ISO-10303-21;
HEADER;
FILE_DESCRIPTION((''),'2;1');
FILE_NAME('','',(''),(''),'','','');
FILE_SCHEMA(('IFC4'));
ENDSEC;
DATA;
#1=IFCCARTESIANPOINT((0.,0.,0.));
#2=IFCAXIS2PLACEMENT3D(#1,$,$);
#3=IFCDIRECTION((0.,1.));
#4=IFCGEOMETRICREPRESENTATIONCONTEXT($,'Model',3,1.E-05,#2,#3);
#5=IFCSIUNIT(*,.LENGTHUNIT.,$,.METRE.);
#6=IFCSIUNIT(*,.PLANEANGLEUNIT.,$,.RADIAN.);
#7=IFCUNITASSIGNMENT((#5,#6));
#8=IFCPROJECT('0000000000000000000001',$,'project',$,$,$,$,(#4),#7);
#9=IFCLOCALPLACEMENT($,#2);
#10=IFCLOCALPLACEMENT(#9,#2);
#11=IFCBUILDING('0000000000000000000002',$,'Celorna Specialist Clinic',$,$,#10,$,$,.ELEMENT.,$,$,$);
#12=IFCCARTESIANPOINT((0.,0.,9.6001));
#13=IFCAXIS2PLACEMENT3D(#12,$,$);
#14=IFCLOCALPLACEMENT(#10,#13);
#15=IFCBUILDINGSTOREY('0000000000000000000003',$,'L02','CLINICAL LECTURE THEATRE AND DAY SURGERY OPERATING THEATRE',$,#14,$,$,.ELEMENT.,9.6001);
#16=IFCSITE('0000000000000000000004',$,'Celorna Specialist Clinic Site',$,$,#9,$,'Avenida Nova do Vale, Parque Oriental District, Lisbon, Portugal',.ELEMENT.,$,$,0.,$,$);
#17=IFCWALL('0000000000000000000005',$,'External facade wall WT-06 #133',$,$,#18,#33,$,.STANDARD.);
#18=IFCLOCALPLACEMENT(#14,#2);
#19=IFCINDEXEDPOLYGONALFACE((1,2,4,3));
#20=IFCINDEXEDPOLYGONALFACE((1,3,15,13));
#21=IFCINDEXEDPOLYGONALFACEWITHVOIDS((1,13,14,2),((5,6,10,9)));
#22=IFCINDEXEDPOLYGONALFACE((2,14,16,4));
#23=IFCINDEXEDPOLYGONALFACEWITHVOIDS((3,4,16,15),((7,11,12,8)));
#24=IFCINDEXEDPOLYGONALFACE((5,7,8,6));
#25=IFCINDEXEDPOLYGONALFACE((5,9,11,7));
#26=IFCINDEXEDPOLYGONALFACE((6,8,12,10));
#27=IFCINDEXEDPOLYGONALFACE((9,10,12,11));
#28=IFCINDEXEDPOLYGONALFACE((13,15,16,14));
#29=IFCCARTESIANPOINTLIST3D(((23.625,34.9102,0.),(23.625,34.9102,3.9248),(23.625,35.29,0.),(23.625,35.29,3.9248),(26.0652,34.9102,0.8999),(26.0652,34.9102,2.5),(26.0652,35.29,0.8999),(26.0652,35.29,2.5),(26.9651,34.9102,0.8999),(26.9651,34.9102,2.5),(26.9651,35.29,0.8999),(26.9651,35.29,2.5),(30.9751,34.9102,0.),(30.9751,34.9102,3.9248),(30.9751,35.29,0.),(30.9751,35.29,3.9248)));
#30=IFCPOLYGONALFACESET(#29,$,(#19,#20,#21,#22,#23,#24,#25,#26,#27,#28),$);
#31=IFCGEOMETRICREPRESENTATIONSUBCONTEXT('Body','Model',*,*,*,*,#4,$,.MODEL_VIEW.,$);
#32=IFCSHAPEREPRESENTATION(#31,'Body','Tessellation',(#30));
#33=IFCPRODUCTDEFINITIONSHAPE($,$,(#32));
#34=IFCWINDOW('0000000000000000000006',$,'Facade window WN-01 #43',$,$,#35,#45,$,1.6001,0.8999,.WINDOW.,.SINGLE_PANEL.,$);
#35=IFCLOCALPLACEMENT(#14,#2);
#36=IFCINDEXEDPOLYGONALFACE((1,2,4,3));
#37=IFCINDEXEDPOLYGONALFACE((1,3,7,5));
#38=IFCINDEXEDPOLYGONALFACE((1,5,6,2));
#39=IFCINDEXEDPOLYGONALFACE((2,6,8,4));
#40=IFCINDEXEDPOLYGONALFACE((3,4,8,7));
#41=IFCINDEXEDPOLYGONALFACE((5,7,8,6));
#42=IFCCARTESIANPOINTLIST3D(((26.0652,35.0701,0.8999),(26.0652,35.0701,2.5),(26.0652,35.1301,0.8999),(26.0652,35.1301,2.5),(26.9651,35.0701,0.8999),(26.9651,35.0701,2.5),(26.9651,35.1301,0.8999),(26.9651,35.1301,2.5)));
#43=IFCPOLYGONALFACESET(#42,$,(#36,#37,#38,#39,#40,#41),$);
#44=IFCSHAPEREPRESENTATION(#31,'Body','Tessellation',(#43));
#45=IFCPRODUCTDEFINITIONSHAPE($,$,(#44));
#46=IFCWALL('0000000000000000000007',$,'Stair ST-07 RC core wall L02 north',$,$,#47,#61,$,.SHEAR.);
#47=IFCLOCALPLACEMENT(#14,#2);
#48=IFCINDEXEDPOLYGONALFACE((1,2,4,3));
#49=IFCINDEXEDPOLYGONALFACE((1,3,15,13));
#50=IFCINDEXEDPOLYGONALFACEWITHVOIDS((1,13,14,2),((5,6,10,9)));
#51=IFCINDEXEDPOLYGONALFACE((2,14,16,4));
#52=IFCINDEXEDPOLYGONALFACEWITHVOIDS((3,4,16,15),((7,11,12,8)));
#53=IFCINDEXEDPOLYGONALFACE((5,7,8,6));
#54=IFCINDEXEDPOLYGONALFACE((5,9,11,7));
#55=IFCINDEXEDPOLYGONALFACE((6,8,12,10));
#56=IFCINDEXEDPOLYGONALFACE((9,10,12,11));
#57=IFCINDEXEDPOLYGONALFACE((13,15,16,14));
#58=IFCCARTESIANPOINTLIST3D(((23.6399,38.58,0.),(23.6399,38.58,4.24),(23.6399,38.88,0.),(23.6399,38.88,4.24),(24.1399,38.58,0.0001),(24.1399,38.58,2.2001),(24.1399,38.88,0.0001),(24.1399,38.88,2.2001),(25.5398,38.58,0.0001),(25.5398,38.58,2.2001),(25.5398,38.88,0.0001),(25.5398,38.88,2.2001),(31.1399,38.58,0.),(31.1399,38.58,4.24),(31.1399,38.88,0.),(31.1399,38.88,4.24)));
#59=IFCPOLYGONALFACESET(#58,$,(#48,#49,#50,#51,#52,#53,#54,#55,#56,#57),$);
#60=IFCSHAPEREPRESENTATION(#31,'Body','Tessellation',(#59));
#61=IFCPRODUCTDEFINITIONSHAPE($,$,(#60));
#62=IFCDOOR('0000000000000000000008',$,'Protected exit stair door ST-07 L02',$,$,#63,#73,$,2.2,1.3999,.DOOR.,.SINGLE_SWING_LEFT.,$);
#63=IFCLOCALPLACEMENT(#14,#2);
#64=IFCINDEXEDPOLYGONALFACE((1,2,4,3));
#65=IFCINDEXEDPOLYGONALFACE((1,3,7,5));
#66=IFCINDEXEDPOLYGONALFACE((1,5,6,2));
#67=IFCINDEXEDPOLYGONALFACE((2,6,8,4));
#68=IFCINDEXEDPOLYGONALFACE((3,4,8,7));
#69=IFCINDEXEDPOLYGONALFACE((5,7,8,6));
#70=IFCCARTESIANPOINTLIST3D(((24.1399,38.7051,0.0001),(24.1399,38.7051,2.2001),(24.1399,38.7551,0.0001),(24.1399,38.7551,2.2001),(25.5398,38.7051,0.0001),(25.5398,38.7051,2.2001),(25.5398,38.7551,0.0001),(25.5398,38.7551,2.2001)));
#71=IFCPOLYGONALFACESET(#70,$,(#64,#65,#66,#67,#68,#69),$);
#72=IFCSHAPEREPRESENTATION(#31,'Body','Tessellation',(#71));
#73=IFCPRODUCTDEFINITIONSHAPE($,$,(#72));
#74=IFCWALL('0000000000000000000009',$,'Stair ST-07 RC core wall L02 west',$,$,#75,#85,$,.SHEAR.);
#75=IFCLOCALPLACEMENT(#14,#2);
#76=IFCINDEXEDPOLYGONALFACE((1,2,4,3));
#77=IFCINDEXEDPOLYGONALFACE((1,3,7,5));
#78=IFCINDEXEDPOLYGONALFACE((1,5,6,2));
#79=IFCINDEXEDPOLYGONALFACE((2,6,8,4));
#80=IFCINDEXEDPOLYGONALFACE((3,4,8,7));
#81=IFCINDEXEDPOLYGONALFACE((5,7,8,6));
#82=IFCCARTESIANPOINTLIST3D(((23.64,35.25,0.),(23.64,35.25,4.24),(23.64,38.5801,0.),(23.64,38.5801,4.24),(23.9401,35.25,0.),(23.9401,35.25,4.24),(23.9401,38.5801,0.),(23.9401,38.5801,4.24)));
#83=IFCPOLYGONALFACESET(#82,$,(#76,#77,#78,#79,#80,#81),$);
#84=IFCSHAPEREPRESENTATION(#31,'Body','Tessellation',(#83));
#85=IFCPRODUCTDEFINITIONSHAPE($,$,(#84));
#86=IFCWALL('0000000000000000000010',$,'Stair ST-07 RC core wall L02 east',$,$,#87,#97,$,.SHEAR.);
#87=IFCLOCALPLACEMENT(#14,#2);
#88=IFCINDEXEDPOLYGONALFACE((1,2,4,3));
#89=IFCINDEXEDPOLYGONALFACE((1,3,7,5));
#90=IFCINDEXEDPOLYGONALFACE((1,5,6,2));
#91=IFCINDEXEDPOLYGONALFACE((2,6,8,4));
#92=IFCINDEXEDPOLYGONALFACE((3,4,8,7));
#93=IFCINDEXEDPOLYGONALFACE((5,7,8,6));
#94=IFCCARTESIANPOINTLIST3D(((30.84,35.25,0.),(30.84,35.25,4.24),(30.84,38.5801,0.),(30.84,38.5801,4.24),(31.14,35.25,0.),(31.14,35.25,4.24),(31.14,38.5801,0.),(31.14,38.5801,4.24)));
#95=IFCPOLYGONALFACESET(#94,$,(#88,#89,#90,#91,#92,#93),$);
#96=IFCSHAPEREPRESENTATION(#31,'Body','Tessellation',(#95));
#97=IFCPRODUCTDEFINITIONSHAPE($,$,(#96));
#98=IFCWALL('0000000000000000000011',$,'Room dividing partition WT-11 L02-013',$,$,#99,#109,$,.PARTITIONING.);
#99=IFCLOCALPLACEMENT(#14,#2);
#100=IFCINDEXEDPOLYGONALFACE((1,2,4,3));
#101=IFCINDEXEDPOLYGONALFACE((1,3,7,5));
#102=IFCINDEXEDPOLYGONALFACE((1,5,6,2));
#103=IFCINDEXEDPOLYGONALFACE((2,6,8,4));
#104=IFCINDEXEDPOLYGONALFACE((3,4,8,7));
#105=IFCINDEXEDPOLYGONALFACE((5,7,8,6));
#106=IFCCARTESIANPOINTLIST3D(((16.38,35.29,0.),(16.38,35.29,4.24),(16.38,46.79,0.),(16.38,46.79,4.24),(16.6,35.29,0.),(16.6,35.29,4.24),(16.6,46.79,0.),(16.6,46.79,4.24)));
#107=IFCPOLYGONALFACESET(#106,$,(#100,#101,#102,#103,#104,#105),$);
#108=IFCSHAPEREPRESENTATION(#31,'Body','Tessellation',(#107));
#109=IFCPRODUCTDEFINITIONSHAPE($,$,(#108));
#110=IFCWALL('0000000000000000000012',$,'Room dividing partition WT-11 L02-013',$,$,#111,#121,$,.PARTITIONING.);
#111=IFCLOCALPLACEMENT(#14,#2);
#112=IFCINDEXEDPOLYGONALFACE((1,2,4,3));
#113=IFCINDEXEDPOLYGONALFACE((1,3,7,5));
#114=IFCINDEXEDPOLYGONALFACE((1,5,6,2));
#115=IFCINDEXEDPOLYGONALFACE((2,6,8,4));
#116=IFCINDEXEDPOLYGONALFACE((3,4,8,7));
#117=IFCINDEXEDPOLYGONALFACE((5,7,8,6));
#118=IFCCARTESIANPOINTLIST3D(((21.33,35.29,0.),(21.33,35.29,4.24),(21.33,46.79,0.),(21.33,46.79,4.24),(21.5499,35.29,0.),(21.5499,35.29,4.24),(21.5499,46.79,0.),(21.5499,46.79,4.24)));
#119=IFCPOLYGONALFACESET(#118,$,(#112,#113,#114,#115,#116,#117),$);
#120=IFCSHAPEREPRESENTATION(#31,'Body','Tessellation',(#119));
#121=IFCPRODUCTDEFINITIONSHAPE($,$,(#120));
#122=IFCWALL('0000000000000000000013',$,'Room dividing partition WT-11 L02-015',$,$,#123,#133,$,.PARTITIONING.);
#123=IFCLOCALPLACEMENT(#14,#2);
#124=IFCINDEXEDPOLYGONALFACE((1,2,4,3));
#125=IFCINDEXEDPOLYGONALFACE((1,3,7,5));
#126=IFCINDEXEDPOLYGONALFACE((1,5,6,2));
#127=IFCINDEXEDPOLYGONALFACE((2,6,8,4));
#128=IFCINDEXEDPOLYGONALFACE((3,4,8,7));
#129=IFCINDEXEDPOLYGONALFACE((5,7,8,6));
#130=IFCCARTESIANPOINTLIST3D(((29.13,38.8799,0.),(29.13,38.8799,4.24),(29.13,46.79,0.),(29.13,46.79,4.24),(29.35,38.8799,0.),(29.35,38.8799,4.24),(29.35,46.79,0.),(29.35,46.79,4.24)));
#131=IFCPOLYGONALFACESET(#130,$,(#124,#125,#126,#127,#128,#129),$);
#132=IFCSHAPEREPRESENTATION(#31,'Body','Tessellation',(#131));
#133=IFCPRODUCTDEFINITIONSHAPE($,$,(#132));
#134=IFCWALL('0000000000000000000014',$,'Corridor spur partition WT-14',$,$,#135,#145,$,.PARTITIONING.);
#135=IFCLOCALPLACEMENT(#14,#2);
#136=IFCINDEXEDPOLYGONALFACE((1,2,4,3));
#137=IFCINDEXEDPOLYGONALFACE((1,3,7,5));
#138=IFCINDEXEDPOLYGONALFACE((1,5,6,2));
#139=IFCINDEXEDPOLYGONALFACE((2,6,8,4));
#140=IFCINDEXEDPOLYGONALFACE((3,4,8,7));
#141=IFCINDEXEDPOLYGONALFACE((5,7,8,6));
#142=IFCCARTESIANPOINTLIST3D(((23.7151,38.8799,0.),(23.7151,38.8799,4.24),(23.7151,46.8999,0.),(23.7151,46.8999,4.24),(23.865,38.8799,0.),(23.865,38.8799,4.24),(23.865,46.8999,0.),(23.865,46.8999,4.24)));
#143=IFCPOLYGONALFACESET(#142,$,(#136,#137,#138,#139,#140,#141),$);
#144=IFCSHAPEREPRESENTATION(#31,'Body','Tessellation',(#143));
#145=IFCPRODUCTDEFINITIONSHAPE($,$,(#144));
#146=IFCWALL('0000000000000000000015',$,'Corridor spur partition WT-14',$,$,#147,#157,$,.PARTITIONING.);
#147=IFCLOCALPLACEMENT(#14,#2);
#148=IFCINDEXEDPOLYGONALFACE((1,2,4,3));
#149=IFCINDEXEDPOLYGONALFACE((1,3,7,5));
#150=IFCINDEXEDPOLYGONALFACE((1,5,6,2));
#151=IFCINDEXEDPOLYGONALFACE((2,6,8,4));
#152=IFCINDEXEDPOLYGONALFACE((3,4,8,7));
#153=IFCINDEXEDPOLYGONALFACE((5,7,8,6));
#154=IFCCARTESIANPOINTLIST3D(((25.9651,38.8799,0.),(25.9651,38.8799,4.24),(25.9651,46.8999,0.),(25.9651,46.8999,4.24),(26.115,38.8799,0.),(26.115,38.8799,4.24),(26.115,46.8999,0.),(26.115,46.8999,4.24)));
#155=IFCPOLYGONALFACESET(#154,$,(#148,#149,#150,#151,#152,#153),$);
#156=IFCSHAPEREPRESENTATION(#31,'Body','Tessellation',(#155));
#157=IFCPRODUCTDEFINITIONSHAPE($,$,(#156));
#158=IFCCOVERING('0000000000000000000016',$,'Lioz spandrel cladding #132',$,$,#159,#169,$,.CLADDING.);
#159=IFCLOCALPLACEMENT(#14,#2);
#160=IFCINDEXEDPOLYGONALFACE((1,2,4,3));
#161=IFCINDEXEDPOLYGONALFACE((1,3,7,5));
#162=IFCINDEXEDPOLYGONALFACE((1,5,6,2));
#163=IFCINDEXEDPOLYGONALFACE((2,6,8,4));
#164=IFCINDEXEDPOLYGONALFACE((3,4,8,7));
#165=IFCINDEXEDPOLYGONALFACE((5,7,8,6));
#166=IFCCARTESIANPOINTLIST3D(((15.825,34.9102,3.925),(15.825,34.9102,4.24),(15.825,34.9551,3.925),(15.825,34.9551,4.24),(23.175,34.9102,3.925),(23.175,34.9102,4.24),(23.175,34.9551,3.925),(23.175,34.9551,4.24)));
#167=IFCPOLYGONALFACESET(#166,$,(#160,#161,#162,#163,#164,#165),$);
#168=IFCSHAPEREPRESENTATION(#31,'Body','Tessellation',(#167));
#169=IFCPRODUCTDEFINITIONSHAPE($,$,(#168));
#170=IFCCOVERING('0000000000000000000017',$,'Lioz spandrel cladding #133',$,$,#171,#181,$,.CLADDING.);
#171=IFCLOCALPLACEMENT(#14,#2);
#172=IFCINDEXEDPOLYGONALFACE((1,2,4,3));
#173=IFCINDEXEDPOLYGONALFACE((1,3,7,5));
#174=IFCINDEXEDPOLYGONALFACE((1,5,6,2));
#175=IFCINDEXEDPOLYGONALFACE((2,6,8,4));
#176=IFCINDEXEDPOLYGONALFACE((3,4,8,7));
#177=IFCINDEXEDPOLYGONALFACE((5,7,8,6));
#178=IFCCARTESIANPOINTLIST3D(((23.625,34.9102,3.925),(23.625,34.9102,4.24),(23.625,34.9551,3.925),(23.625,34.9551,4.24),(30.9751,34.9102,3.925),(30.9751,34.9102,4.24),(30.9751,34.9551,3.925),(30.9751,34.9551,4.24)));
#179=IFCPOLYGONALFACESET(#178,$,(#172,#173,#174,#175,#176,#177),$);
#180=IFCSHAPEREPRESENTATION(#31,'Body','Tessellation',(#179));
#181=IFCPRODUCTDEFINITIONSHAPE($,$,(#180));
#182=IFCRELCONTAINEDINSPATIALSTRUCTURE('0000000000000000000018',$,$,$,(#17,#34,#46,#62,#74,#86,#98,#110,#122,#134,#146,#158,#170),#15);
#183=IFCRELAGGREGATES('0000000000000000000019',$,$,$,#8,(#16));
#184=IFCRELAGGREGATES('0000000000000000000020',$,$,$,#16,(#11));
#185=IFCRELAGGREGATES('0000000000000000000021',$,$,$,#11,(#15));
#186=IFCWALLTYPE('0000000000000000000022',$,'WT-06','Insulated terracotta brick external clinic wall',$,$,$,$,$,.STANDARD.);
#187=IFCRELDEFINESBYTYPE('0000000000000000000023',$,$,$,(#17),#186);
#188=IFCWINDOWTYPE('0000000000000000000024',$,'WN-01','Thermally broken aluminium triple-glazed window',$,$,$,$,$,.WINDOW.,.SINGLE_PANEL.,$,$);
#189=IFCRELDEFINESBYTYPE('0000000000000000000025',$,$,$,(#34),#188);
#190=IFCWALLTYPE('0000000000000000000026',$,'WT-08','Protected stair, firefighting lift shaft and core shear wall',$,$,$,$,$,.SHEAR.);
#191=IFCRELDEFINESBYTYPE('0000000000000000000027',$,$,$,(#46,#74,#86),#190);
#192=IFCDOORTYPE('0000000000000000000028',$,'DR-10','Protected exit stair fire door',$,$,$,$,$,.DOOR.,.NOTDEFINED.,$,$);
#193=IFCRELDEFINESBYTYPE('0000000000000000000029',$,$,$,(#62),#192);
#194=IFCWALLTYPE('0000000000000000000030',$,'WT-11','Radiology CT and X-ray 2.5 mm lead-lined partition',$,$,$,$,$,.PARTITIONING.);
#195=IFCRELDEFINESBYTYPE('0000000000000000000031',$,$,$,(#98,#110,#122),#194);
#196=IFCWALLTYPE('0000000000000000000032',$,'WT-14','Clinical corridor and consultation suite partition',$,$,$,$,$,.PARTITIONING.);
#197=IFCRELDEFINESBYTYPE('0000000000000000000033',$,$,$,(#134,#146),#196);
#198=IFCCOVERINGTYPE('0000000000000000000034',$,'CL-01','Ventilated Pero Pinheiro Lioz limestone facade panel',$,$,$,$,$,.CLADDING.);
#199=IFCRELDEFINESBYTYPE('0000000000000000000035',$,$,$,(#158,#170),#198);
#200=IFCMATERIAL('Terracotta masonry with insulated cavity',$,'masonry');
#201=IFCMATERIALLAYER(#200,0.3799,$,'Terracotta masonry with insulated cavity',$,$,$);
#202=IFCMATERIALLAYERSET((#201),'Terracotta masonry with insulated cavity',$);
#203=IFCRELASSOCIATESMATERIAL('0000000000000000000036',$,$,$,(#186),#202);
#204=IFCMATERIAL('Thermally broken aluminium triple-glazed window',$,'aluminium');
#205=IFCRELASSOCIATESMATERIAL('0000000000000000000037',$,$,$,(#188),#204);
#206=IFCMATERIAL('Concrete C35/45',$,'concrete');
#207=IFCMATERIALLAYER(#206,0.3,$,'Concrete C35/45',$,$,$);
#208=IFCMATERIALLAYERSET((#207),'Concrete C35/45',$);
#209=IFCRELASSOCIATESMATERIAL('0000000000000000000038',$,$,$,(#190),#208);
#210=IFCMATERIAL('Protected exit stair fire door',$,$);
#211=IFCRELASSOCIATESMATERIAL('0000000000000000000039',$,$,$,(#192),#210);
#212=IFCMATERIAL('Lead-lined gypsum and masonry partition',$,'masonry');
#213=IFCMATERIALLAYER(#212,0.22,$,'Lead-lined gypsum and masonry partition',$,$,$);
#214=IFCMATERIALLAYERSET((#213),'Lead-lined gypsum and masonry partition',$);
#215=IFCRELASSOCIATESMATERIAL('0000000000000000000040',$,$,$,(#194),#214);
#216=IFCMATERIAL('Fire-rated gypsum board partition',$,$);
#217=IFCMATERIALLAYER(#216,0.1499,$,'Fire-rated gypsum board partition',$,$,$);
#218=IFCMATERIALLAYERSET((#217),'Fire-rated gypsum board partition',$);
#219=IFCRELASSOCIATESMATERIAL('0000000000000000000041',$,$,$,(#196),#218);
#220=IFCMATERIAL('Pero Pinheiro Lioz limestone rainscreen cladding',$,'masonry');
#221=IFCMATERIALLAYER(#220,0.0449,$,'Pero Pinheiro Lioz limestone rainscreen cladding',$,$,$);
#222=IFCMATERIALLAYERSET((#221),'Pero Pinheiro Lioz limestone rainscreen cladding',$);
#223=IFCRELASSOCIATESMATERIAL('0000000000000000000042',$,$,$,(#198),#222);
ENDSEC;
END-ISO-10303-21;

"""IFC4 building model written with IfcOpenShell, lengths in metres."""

from ifc_helpers import new_model, si_unit, direction, frame, frame_2d, origin, origin_2d, place, context, subcontext, project, spatial, rectangle, extrude, material, layer, layer_set, type_object, element, fill, save


model = new_model("IFC4")

# Units and contexts
model_context = context("Model", 3, precision=1e-05, world=origin(), true_north=direction((0.0, 1.0)))
body_context = subcontext(model_context, "Body", "Model", "MODEL_VIEW")
ifc_project = project(units=[si_unit("LENGTHUNIT", "METRE"), si_unit("PLANEANGLEUNIT", "RADIAN")], contexts=[model_context])

# Site, building, storey
site_placement = place(None, origin())
site = spatial("IfcSite", under=ifc_project, at=site_placement, Name="Celorna Specialist Clinic Site", LongName="Avenida Nova do Vale, Parque Oriental District, Lisbon, Portugal", CompositionType="ELEMENT", RefElevation=0.0)
building_placement = place(site_placement, origin())
building = spatial("IfcBuilding", under=site, at=building_placement, Name="Celorna Specialist Clinic", CompositionType="ELEMENT")
storey_placement = place(building_placement, frame((0.0, 0.0, 9.6001)))
storey = spatial("IfcBuildingStorey", under=building, at=storey_placement, Name="L02", Description="CLINICAL LECTURE THEATRE AND DAY SURGERY OPERATING THEATRE", CompositionType="ELEMENT", Elevation=9.6001)

# Shared definitions
ifc_material_1 = material(Name="Concrete C35/45", Category="concrete")

# Wall, opening, window
ifc_material_2 = material(Name="Terracotta masonry with insulated cavity", Category="masonry")
ifc_layer_1 = layer(ifc_material_2, 0.3799, Name="Terracotta masonry with insulated cavity")
ifc_layer_set_1 = layer_set([ifc_layer_1], Name="Terracotta masonry with insulated cavity")
wall_type_1 = type_object("IfcWallType", Name="WT-06", Description="Insulated terracotta brick external clinic wall", PredefinedType="STANDARD", material=ifc_layer_set_1)
ifc_material_3 = material(Name="Thermally broken aluminium triple-glazed window", Category="aluminium")
wall_1_placement = place(storey_placement, frame((30.9751, 35.1001, 0.0), z_axis=(0.0, 0.0, 1.0), x_axis=(-1.0, 0.0, 0.0)))
wall_1 = element("IfcWall", 1, at=wall_1_placement, inside=storey, type_object=wall_type_1, Name="External facade wall WT-06 #133", PredefinedType="STANDARD", context=body_context, shape_type="SweptSolid", body=[
    extrude(rectangle(XDim=7.3501, YDim=0.3799, at=frame_2d((3.675, 0.0))), origin(), (0.0, 0.0, 1.0), 3.9248),
])
opening_1_placement = place(wall_1_placement, frame((4.01, 0.0, 0.8999)))
opening_1 = element("IfcOpeningElement", 2, at=opening_1_placement, cuts=wall_1, PredefinedType="OPENING", context=body_context, shape_type="SweptSolid", body=[
    extrude(rectangle(XDim=0.8999, YDim=1.6001, at=frame_2d((0.45, 0.8))), frame((0.0, 0.2, 0.0), z_axis=(0.0, -1.0, 0.0), x_axis=(1.0, 0.0, 0.0)), (0.0, 0.0, 1.0), 0.3999),
])
window_type_1 = type_object("IfcWindowType", Name="WN-01", Description="Thermally broken aluminium triple-glazed window", PartitioningType="SINGLE_PANEL", PredefinedType="WINDOW", material=ifc_material_3)
window_1_placement = place(opening_1_placement, origin())
window_1 = element("IfcWindow", 3, at=window_1_placement, inside=storey, type_object=window_type_1, Name="Facade window WN-01 #43", OverallHeight=1.6001, OverallWidth=0.8999, PartitioningType="SINGLE_PANEL", PredefinedType="WINDOW", context=body_context, shape_type="SweptSolid", body=[
    extrude(rectangle(XDim=0.8999, YDim=1.6001, at=frame_2d((0.45, 0.8))), frame((0.0, 0.03, 0.0), z_axis=(0.0, -1.0, 0.0), x_axis=(1.0, 0.0, 0.0)), (0.0, 0.0, 1.0), 0.0601),
])
fill(opening_1, window_1)

# Wall, opening, door
ifc_layer_2 = layer(ifc_material_1, 0.3, Name="Concrete C35/45")
ifc_layer_set_2 = layer_set([ifc_layer_2], Name="Concrete C35/45")
wall_type_2 = type_object("IfcWallType", Name="WT-08", Description="Protected stair, firefighting lift shaft and core shear wall", PredefinedType="SHEAR", material=ifc_layer_set_2)
wall_2_placement = place(storey_placement, frame((31.1399, 38.73, 0.0), z_axis=(0.0, 0.0, 1.0), x_axis=(-1.0, 0.0, 0.0)))
wall_2 = element("IfcWall", 4, at=wall_2_placement, inside=storey, type_object=wall_type_2, Name="Stair ST-07 RC core wall L02 north", PredefinedType="SHEAR", context=body_context, shape_type="SweptSolid", body=[
    extrude(rectangle(XDim=7.5, YDim=0.3, at=frame_2d((3.75, 0.0))), origin(), (0.0, 0.0, 1.0), 4.24),
])
opening_2_placement = place(wall_2_placement, frame((5.6001, 0.0, 0.0)))
opening_2 = element("IfcOpeningElement", 5, at=opening_2_placement, cuts=wall_2, PredefinedType="OPENING", context=body_context, shape_type="SweptSolid", body=[
    extrude(rectangle(XDim=1.3999, YDim=2.2, at=frame_2d((0.7, 1.1001))), frame((0.0, 0.1599, 0.0), z_axis=(0.0, -1.0, 0.0), x_axis=(1.0, 0.0, 0.0)), (0.0, 0.0, 1.0), 0.3201),
])
ifc_material_4 = material(Name="Protected exit stair fire door")
door_type = type_object("IfcDoorType", Name="DR-10", Description="Protected exit stair fire door", OperationType="NOTDEFINED", PredefinedType="DOOR", material=ifc_material_4)
door_placement = place(opening_2_placement, origin())
door = element("IfcDoor", 6, at=door_placement, inside=storey, type_object=door_type, Name="Protected exit stair door ST-07 L02", OperationType="SINGLE_SWING_LEFT", OverallHeight=2.2, OverallWidth=1.3999, PredefinedType="DOOR", context=body_context, shape_type="SweptSolid", body=[
    extrude(rectangle(XDim=1.3999, YDim=2.2, at=frame_2d((0.7, 1.1001))), frame((0.0, 0.0249, 0.0), z_axis=(0.0, -1.0, 0.0), x_axis=(1.0, 0.0, 0.0)), (0.0, 0.0, 1.0), 0.05),
])
fill(opening_2, door)

# Walls
for number, where, z_axis, x_axis, name in (
    (7, (23.79, 38.5801, 0.0), (0.0, 0.0, 1.0), (0.0, -1.0, 0.0), "Stair ST-07 RC core wall L02 west"),
    (8, (30.99, 35.25, 0.0), (0.0, 0.0, 1.0), (0.0, 1.0, 0.0), "Stair ST-07 RC core wall L02 east"),
):
    element("IfcWall", number, at=place(storey_placement, frame(where, z_axis=z_axis, x_axis=x_axis)), inside=storey, type_object=wall_type_2, Name=name, PredefinedType="SHEAR", context=body_context, shape_type="SweptSolid", body=[
        extrude(rectangle(XDim=3.3301, YDim=0.3, at=frame_2d((1.665, 0.0))), origin(), (0.0, 0.0, 1.0), 4.24),
    ])
ifc_material_5 = material(Name="Lead-lined gypsum and masonry partition", Category="masonry")
ifc_layer_3 = layer(ifc_material_5, 0.22, Name="Lead-lined gypsum and masonry partition")
ifc_layer_set_3 = layer_set([ifc_layer_3], Name="Lead-lined gypsum and masonry partition")
wall_type_3 = type_object("IfcWallType", Name="WT-11", Description="Radiology CT and X-ray 2.5 mm lead-lined partition", PredefinedType="PARTITIONING", material=ifc_layer_set_3)
for number, where, z_axis, x_axis, name in (
    (9, (16.49, 35.29, 0.0), (0.0, 0.0, 1.0), (0.0, 1.0, 0.0), "Room dividing partition WT-11 L02-013"),
    (10, (21.4399, 35.29, 0.0), (0.0, 0.0, 1.0), (0.0, 1.0, 0.0), "Room dividing partition WT-11 L02-013"),
):
    element("IfcWall", number, at=place(storey_placement, frame(where, z_axis=z_axis, x_axis=x_axis)), inside=storey, type_object=wall_type_3, Name=name, PredefinedType="PARTITIONING", context=body_context, shape_type="SweptSolid", body=[
        extrude(rectangle(XDim=11.5, YDim=0.22, at=frame_2d((5.75, 0.0))), origin(), (0.0, 0.0, 1.0), 4.24),
    ])
wall_3_placement = place(storey_placement, frame((29.24, 38.8799, 0.0), z_axis=(0.0, 0.0, 1.0), x_axis=(0.0, 1.0, 0.0)))
element("IfcWall", 11, at=wall_3_placement, inside=storey, type_object=wall_type_3, Name="Room dividing partition WT-11 L02-015", PredefinedType="PARTITIONING", context=body_context, shape_type="SweptSolid", body=[
    extrude(rectangle(XDim=7.9102, YDim=0.22, at=frame_2d((3.9551, 0.0))), origin(), (0.0, 0.0, 1.0), 4.24),
])
ifc_material_6 = material(Name="Fire-rated gypsum board partition")
ifc_layer_4 = layer(ifc_material_6, 0.1499, Name="Fire-rated gypsum board partition")
ifc_layer_set_4 = layer_set([ifc_layer_4], Name="Fire-rated gypsum board partition")
wall_type_4 = type_object("IfcWallType", Name="WT-14", Description="Clinical corridor and consultation suite partition", PredefinedType="PARTITIONING", material=ifc_layer_set_4)
for number, where, z_axis, x_axis, name in (
    (12, (23.79, 38.8799, 0.0), (0.0, 0.0, 1.0), (0.0, 1.0, 0.0), "Corridor spur partition WT-14"),
    (13, (26.04, 38.8799, 0.0), (0.0, 0.0, 1.0), (0.0, 1.0, 0.0), "Corridor spur partition WT-14"),
):
    element("IfcWall", number, at=place(storey_placement, frame(where, z_axis=z_axis, x_axis=x_axis)), inside=storey, type_object=wall_type_4, Name=name, PredefinedType="PARTITIONING", context=body_context, shape_type="SweptSolid", body=[
        extrude(rectangle(XDim=8.02, YDim=0.1499, at=frame_2d((4.01, 0.0))), origin(), (0.0, 0.0, 1.0), 4.24),
    ])

# Coverings
ifc_material_7 = material(Name="Pero Pinheiro Lioz limestone rainscreen cladding", Category="masonry")
ifc_layer_5 = layer(ifc_material_7, 0.0449, Name="Pero Pinheiro Lioz limestone rainscreen cladding")
ifc_layer_set_5 = layer_set([ifc_layer_5], Name="Pero Pinheiro Lioz limestone rainscreen cladding")
covering_type = type_object("IfcCoveringType", Name="CL-01", Description="Ventilated Pero Pinheiro Lioz limestone facade panel", PredefinedType="CLADDING", material=ifc_layer_set_5)
for number, where, z_axis, x_axis, name in (
    (14, (19.5, 34.9326, 3.925), (0.0, 0.0, 1.0), (-1.0, 0.0, 0.0), "Lioz spandrel cladding #132"),
    (15, (27.3, 34.9326, 3.925), (0.0, 0.0, 1.0), (-1.0, 0.0, 0.0), "Lioz spandrel cladding #133"),
):
    element("IfcCovering", number, at=place(storey_placement, frame(where, z_axis=z_axis, x_axis=x_axis)), inside=storey, type_object=covering_type, Name=name, PredefinedType="CLADDING", context=body_context, shape_type="SweptSolid", body=[
        extrude(rectangle(XDim=7.3501, YDim=0.0449, at=origin_2d()), origin(), (0.0, 0.0, 1.0), 0.3149),
    ])

save(model, "model.ifc")
